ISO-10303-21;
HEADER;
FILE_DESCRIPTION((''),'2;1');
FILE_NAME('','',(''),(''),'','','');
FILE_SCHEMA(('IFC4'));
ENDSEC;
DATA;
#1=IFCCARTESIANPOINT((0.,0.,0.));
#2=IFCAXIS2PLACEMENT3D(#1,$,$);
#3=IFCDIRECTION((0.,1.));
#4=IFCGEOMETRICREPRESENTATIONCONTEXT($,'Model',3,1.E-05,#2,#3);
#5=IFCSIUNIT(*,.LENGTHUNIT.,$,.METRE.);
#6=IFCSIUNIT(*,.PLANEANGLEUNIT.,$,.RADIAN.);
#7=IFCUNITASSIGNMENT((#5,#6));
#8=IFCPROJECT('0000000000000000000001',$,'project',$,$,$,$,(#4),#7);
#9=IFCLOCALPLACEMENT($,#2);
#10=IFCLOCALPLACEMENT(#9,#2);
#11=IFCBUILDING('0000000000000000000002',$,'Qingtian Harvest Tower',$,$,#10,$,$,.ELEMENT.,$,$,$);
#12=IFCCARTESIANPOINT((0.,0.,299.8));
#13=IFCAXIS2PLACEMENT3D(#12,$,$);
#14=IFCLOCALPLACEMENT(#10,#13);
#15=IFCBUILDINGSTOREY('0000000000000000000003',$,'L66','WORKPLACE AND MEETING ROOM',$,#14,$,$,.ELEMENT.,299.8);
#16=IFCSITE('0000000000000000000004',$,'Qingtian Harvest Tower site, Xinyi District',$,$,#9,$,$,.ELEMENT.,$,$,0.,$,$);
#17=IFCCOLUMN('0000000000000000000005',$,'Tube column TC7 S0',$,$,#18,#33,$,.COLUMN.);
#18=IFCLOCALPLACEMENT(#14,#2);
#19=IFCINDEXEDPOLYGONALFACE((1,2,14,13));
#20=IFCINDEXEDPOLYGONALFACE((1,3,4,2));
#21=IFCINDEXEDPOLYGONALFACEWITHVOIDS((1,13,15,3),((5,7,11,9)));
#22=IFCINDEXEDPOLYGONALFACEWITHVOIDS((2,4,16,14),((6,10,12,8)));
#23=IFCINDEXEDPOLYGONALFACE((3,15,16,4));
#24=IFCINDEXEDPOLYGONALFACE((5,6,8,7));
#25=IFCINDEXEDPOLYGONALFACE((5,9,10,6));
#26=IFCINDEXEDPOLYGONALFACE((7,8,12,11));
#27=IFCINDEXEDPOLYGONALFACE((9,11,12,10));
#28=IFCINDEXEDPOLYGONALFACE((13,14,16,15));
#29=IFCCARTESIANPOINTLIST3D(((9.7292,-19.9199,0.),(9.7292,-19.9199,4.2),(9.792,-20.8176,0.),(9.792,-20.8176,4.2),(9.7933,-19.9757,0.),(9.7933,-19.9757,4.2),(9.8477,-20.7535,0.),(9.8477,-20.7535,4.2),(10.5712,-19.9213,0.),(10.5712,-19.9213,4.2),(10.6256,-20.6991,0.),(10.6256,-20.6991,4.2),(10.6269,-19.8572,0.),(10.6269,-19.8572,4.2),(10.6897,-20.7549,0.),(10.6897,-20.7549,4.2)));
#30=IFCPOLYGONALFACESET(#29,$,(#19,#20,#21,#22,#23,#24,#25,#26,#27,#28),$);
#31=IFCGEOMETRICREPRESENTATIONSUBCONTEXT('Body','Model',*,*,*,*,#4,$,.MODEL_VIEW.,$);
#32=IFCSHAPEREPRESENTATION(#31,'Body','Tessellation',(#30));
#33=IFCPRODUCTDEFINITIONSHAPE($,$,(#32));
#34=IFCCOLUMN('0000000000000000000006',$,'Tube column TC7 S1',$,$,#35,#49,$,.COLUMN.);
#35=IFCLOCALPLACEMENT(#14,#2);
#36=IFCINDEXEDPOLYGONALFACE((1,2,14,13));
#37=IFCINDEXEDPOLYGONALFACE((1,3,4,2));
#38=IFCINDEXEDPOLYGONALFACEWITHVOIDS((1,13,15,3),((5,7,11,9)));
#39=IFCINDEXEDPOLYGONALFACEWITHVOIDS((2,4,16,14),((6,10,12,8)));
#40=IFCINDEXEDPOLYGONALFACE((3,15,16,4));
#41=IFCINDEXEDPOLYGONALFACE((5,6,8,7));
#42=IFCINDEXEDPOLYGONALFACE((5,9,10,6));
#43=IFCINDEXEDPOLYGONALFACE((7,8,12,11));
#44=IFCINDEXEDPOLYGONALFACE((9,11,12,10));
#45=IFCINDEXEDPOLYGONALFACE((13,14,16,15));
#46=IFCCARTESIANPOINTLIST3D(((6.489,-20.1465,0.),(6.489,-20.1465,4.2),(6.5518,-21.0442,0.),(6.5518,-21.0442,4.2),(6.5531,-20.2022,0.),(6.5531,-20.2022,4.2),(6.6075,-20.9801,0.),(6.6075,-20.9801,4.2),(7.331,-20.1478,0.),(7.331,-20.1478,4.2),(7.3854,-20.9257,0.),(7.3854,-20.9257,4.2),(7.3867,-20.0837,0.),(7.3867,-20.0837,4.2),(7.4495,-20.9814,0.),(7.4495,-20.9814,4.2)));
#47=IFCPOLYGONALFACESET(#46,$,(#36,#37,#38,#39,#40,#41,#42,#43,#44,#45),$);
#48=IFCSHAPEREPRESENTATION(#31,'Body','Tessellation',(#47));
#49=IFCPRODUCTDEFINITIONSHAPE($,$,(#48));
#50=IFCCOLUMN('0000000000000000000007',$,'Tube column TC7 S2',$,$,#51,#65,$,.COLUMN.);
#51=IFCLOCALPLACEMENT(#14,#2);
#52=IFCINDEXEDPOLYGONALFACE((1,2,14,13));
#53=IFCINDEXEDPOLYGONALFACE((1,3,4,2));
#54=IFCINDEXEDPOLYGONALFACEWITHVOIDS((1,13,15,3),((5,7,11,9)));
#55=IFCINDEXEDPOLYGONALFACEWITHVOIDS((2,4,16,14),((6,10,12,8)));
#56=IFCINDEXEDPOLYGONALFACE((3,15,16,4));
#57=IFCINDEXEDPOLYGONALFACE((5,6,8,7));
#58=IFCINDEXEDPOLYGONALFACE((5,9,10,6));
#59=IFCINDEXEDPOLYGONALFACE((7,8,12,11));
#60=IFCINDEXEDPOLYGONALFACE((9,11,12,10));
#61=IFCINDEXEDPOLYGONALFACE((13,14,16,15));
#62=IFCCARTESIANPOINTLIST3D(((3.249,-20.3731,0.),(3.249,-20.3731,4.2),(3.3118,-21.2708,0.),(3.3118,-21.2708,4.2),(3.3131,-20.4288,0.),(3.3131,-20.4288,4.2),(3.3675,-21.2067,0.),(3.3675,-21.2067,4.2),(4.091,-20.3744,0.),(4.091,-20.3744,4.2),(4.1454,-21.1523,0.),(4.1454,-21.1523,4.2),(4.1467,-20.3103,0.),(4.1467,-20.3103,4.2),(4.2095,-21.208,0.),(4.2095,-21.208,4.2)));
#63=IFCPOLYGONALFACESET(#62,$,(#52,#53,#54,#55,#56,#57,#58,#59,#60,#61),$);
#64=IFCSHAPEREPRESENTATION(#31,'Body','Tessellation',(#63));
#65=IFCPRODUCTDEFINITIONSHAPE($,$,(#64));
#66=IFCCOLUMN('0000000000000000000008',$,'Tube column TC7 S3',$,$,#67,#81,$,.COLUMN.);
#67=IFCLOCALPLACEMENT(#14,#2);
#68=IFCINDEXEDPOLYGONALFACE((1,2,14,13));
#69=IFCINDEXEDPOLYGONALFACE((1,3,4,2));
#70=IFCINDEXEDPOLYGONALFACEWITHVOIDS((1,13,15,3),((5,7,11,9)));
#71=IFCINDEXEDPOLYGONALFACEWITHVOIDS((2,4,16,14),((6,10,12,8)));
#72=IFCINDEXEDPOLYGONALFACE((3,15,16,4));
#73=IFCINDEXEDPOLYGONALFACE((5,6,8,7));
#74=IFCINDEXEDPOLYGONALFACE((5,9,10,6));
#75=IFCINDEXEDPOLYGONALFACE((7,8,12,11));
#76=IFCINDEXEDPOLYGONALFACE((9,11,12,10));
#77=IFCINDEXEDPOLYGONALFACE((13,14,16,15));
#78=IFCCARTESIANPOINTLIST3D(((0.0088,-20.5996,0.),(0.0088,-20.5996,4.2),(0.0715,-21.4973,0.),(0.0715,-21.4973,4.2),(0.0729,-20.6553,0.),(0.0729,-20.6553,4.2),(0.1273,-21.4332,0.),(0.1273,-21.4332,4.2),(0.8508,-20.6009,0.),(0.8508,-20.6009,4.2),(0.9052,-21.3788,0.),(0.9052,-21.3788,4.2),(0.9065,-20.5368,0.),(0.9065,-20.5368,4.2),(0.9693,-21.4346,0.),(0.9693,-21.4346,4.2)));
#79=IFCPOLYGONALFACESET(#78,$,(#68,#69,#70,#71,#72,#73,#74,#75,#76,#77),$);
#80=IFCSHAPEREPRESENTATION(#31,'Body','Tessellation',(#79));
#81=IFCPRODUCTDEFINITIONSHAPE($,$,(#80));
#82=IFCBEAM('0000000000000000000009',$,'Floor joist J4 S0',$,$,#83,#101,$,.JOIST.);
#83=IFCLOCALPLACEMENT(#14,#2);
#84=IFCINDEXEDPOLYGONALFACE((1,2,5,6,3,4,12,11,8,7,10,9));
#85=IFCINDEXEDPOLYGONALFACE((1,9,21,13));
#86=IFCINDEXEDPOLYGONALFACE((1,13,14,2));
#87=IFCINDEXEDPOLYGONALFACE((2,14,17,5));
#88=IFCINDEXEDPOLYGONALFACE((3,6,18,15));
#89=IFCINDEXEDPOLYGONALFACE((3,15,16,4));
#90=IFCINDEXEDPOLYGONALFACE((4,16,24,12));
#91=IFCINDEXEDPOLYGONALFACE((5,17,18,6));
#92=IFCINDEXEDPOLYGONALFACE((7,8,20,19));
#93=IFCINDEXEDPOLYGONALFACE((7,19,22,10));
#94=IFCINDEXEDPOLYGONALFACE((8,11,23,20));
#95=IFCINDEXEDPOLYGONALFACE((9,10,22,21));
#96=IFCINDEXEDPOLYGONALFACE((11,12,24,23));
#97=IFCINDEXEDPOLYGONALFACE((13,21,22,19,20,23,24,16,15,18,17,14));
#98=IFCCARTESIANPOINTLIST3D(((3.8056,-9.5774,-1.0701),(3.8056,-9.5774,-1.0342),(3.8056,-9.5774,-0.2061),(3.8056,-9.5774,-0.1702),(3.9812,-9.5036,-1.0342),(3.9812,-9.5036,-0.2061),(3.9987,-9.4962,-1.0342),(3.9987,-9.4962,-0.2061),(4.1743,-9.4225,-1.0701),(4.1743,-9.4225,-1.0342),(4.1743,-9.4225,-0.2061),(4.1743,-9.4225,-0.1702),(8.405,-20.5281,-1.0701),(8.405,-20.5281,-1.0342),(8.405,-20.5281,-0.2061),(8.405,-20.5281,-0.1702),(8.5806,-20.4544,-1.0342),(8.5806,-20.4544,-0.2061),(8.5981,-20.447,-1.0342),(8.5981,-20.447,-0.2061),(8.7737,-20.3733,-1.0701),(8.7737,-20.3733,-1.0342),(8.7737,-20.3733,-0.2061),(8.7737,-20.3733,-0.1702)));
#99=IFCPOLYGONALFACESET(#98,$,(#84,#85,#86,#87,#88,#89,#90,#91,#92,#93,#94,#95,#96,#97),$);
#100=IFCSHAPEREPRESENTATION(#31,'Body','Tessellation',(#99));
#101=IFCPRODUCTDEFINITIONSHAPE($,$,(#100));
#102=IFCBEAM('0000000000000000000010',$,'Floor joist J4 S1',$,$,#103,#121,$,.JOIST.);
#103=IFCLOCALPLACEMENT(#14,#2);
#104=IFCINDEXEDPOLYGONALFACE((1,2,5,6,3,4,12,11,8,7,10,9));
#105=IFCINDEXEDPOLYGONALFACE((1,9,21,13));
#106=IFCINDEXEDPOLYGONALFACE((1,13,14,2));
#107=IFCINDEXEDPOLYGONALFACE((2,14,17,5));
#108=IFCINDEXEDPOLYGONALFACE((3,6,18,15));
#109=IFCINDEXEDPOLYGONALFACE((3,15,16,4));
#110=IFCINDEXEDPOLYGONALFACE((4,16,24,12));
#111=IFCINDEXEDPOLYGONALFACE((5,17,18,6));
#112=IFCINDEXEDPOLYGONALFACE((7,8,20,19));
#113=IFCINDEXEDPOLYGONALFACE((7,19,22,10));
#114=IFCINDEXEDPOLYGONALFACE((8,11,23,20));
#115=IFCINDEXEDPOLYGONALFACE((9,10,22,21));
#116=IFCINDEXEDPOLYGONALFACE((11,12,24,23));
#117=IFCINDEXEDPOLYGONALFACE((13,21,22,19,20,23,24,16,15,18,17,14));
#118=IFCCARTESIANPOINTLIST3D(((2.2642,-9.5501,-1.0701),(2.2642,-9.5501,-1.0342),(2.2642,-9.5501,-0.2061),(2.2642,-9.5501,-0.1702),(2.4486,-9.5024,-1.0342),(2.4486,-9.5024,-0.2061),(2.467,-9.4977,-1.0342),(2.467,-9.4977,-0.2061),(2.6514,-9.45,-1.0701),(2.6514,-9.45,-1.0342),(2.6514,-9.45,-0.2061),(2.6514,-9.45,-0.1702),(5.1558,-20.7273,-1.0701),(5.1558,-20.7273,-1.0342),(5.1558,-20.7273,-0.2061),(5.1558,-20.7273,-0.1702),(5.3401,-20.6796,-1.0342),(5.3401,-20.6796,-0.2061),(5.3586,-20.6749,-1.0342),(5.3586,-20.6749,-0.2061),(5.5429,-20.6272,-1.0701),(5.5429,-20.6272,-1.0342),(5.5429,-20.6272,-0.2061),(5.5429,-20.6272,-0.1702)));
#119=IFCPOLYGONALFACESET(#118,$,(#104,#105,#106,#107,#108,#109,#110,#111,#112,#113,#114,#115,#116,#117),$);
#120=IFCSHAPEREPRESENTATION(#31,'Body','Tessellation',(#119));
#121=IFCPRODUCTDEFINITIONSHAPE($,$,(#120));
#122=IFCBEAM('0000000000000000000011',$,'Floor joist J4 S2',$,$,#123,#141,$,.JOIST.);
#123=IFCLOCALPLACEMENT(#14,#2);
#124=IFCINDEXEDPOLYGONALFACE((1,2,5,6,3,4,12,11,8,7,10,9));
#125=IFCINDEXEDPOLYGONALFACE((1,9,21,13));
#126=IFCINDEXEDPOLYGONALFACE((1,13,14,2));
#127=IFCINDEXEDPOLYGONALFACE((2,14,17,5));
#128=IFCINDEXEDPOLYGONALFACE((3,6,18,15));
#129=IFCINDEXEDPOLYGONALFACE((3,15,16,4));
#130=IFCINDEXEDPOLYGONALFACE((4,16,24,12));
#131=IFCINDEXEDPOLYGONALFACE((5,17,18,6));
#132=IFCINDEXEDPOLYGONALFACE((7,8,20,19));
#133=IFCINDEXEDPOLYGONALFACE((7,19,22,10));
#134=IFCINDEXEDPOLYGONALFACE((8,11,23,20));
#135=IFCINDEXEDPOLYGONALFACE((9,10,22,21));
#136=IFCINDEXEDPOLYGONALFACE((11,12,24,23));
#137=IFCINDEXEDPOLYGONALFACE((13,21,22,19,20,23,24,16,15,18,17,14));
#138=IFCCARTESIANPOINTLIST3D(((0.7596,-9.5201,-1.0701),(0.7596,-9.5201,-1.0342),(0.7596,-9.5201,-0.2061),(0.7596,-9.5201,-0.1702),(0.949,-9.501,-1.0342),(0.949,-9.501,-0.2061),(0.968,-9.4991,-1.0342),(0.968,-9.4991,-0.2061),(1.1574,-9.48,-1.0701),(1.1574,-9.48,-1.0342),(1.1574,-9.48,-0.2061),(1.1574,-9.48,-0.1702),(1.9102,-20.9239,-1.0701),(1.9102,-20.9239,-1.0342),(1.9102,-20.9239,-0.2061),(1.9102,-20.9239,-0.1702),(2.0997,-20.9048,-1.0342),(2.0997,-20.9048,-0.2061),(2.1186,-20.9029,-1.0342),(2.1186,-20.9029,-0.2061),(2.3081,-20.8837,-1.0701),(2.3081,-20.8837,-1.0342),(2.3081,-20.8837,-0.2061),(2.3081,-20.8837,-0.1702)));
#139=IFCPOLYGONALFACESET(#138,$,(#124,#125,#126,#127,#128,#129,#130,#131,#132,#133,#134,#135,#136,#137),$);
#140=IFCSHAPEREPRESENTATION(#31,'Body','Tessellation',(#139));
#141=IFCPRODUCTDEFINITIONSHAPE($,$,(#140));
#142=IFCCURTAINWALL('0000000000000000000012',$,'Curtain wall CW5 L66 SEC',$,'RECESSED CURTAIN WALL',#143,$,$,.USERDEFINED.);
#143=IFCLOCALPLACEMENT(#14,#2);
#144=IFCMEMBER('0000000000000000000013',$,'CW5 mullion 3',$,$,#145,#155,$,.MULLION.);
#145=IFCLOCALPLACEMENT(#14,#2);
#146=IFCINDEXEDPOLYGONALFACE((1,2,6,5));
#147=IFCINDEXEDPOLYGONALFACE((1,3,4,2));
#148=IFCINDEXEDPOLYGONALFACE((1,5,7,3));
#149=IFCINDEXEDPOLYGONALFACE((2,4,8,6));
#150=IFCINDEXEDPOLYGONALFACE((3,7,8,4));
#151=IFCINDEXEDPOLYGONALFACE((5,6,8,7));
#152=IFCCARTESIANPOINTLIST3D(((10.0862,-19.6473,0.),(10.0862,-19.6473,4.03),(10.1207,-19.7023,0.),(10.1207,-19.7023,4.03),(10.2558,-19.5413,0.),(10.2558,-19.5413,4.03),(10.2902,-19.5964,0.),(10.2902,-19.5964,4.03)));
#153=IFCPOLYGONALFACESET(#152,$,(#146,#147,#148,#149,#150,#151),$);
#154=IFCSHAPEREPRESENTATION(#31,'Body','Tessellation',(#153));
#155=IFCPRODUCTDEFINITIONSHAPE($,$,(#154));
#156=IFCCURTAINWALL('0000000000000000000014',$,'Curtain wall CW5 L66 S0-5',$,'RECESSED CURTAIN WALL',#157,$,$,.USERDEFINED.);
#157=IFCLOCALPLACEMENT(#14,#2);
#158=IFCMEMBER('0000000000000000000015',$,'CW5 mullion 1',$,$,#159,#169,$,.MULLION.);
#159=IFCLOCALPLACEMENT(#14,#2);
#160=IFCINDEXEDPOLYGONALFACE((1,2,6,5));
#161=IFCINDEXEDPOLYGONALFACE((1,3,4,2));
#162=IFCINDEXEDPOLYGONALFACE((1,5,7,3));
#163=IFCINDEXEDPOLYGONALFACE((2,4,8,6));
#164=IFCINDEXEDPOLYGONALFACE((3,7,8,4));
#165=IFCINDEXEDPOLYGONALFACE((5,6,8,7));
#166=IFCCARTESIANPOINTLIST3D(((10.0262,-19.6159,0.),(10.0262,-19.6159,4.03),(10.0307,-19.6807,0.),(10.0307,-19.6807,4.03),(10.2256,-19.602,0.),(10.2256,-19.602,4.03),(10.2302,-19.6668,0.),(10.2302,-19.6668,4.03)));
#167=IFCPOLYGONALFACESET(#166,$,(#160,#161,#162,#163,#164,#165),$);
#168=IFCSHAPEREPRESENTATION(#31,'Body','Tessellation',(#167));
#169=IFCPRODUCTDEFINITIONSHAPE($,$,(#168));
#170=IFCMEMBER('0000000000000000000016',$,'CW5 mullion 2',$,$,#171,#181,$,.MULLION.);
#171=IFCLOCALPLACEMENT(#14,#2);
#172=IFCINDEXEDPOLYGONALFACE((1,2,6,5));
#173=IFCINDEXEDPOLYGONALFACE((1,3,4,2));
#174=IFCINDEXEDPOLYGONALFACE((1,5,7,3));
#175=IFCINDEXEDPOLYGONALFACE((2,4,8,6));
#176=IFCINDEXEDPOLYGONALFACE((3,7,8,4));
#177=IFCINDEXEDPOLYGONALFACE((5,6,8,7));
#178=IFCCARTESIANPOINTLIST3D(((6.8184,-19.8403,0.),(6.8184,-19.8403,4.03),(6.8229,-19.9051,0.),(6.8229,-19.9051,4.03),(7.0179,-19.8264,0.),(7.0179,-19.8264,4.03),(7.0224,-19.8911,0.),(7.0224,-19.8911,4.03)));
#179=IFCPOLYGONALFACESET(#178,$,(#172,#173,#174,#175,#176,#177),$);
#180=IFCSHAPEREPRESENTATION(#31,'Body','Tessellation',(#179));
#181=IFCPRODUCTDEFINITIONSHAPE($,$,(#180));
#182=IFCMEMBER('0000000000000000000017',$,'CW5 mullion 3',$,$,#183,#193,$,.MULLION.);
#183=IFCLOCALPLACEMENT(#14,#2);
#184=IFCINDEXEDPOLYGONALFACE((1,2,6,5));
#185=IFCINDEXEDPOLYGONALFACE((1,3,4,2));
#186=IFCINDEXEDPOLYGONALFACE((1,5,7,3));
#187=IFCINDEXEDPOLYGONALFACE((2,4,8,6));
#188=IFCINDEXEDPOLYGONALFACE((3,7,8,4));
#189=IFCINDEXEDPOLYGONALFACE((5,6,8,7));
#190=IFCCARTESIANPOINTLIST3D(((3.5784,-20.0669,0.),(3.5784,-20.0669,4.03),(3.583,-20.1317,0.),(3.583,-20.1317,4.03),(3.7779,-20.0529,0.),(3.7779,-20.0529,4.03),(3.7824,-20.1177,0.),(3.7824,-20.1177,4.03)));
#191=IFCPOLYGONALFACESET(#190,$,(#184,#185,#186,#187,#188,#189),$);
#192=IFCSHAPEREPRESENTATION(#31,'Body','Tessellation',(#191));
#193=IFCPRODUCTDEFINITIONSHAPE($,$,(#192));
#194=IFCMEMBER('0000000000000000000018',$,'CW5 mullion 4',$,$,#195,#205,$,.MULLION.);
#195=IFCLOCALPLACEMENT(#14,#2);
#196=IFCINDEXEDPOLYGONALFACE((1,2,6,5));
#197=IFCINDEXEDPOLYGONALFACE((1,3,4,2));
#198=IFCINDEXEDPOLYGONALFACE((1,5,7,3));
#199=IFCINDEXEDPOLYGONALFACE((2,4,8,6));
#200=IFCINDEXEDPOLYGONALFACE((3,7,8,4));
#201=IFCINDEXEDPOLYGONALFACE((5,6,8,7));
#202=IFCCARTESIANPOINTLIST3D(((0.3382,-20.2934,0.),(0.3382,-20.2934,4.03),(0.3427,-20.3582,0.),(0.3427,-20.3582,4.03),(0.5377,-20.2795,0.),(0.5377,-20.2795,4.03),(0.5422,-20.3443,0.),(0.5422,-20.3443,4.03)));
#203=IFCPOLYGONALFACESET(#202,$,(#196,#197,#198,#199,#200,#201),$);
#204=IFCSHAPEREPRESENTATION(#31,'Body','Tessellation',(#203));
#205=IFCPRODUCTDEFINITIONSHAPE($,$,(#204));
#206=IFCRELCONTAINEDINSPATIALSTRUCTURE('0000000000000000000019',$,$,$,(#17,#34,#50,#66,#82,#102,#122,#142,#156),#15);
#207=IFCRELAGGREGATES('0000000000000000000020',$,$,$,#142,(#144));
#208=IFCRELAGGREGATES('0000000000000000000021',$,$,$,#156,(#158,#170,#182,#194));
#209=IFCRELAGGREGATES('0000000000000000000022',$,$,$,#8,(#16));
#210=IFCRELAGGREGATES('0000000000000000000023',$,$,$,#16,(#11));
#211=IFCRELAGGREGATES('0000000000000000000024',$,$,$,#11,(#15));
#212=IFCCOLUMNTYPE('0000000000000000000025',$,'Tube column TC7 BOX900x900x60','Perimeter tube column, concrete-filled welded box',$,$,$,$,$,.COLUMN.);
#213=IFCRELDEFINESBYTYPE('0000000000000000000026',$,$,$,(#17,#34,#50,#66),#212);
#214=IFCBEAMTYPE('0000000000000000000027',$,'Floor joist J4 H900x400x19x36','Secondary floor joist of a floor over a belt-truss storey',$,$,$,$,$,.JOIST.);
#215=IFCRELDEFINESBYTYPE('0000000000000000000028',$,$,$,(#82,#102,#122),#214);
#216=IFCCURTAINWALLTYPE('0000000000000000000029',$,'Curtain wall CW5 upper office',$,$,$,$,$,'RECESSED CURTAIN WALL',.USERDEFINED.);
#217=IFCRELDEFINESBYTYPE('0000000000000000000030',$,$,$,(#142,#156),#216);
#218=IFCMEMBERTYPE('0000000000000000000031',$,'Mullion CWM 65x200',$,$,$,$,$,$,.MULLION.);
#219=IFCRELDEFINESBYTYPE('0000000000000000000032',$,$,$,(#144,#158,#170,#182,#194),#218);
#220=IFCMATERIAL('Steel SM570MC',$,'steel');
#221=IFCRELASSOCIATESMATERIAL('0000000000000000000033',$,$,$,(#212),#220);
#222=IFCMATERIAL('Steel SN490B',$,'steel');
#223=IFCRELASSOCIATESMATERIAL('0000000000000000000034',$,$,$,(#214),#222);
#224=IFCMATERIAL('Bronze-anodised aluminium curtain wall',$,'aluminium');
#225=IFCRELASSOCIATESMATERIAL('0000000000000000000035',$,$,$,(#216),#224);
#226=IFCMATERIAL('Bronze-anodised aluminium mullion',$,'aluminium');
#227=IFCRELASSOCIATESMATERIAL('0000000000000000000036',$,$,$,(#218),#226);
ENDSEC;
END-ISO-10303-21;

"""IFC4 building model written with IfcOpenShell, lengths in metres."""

from ifc_helpers import new_model, si_unit, direction, frame, origin, origin_2d, place, context, subcontext, project, spatial, rectangle, hollow_rectangle, i_section, extrude, material, material_profile, profile_set, type_object, element, aggregate, save


model = new_model("IFC4")

# Units and contexts
model_context = context("Model", 3, precision=1e-05, world=origin(), true_north=direction((0.0, 1.0)))
body_context = subcontext(model_context, "Body", "Model", "MODEL_VIEW")
ifc_project = project(units=[si_unit("LENGTHUNIT", "METRE"), si_unit("PLANEANGLEUNIT", "RADIAN")], contexts=[model_context])

# Site, building, storey
site_placement = place(None, origin())
site = spatial("IfcSite", under=ifc_project, at=site_placement, Name="Qingtian Harvest Tower site, Xinyi District", CompositionType="ELEMENT", RefElevation=0.0)
building_placement = place(site_placement, origin())
building = spatial("IfcBuilding", under=site, at=building_placement, Name="Qingtian Harvest Tower", CompositionType="ELEMENT")
storey_placement = place(building_placement, frame((0.0, 0.0, 299.8)))
storey = spatial("IfcBuildingStorey", under=building, at=storey_placement, Name="L66", Description="WORKPLACE AND MEETING ROOM", CompositionType="ELEMENT", Elevation=299.8)

# Columns
ifc_material_1 = material(Name="Steel SM570MC", Category="steel")
ifc_material_profile_1 = material_profile(ifc_material_1, hollow_rectangle(XDim=0.8999, YDim=0.8999, WallThickness=0.0601, at=origin_2d()), Name="BOX900x900x60")
ifc_profile_set_1 = profile_set([ifc_material_profile_1], Name="Steel SM570MC")
column_type = type_object("IfcColumnType", Name="Tube column TC7 BOX900x900x60", Description="Perimeter tube column, concrete-filled welded box", PredefinedType="COLUMN", material=ifc_profile_set_1)
for number, where, z_axis, x_axis, name in (
    (1, (10.2095, -20.3374, 0.0), (0.0, 0.0, 1.0), (0.997564, 0.069756, 0.0), "Tube column TC7 S0"),
    (2, (6.9692, -20.564, 0.0), (0.0, 0.0, 1.0), (0.997564, 0.069756, 0.0), "Tube column TC7 S1"),
    (3, (3.7292, -20.7905, 0.0), (0.0, 0.0, 1.0), (0.997564, 0.069756, 0.0), "Tube column TC7 S2"),
    (4, (0.489, -21.0171, 0.0), (0.0, 0.0, 1.0), (0.997564, 0.069756, 0.0), "Tube column TC7 S3"),
):
    element("IfcColumn", number, at=place(storey_placement, frame(where, z_axis=z_axis, x_axis=x_axis)), inside=storey, type_object=column_type, Name=name, PredefinedType="COLUMN", context=body_context, shape_type="SweptSolid", body=[
        extrude(hollow_rectangle(XDim=0.8999, YDim=0.8999, WallThickness=0.0601, at=origin_2d()), origin(), (0.0, 0.0, 1.0), 4.2),
    ])

# Beams
ifc_material_2 = material(Name="Steel SN490B", Category="steel")
ifc_material_profile_2 = material_profile(ifc_material_2, i_section(OverallWidth=0.3999, OverallDepth=0.8999, WebThickness=0.019, FlangeThickness=0.0359, at=origin_2d()), Name="H900x400x19x36")
ifc_profile_set_2 = profile_set([ifc_material_profile_2], Name="Steel SN490B")
beam_type_1 = type_object("IfcBeamType", Name="Floor joist J4 H900x400x19x36", Description="Secondary floor joist of a floor over a belt-truss storey", PredefinedType="JOIST", material=ifc_profile_set_2)
beam_1_placement = place(storey_placement, frame((8.5894, -20.4507, -0.6201), z_axis=(-0.387238, 0.92198, 0.0), x_axis=(-0.92198, -0.387238, 0.0)))
element("IfcBeam", 5, at=beam_1_placement, inside=storey, type_object=beam_type_1, Name="Floor joist J4 S0", PredefinedType="JOIST", context=body_context, shape_type="SweptSolid", body=[
    extrude(i_section(OverallWidth=0.3999, OverallDepth=0.8999, WebThickness=0.019, FlangeThickness=0.0359, at=origin_2d()), origin(), (0.0, 0.0, 1.0), 11.8774),
])
beam_2_placement = place(storey_placement, frame((5.3494, -20.6772, -0.6201), z_axis=(-0.250459, 0.968127, 0.0), x_axis=(-0.968127, -0.250459, 0.0)))
element("IfcBeam", 6, at=beam_2_placement, inside=storey, type_object=beam_type_1, Name="Floor joist J4 S1", PredefinedType="JOIST", context=body_context, shape_type="SweptSolid", body=[
    extrude(i_section(OverallWidth=0.3999, OverallDepth=0.8999, WebThickness=0.019, FlangeThickness=0.0359, at=origin_2d()), origin(), (0.0, 0.0, 1.0), 11.5452),
])
beam_3_placement = place(storey_placement, frame((2.1091, -20.9038, -0.6201), z_axis=(-0.100389, 0.994948, 0.0), x_axis=(-0.994948, -0.100389, 0.0)))
element("IfcBeam", 7, at=beam_3_placement, inside=storey, type_object=beam_type_1, Name="Floor joist J4 S2", PredefinedType="JOIST", context=body_context, shape_type="SweptSolid", body=[
    extrude(i_section(OverallWidth=0.3999, OverallDepth=0.8999, WebThickness=0.019, FlangeThickness=0.0359, at=origin_2d()), origin(), (0.0, 0.0, 1.0), 11.4617),
])

# Curtain wall, member
ifc_material_3 = material(Name="Bronze-anodised aluminium curtain wall", Category="aluminium")
curtain_wall_type = type_object("IfcCurtainWallType", Name="Curtain wall CW5 upper office", ElementType="RECESSED CURTAIN WALL", PredefinedType="USERDEFINED", material=ifc_material_3)
curtain_wall_1_placement = place(storey_placement, origin())
curtain_wall_1 = element("IfcCurtainWall", 8, at=curtain_wall_1_placement, inside=storey, type_object=curtain_wall_type, Name="Curtain wall CW5 L66 SEC", ObjectType="RECESSED CURTAIN WALL", PredefinedType="USERDEFINED")
ifc_material_4 = material(Name="Bronze-anodised aluminium mullion", Category="aluminium")
ifc_material_profile_3 = material_profile(ifc_material_4, rectangle(XDim=0.0649, YDim=0.2, at=origin_2d()), Name="AL 65x200")
ifc_profile_set_3 = profile_set([ifc_material_profile_3], Name="Bronze-anodised aluminium mullion")
member_type_1 = type_object("IfcMemberType", Name="Mullion CWM 65x200", PredefinedType="MULLION", material=ifc_profile_set_3)
member_1_placement = place(storey_placement, frame((10.1882, -19.6218, 0.0), z_axis=(0.0, 0.0, 1.0), x_axis=(0.529919, -0.848048, 0.0)))
member_1 = element("IfcMember", 9, at=member_1_placement, type_object=member_type_1, Name="CW5 mullion 3", PredefinedType="MULLION", context=body_context, shape_type="SweptSolid", body=[
    extrude(rectangle(XDim=0.0649, YDim=0.2, at=origin_2d()), origin(), (0.0, 0.0, 1.0), 4.03),
])

# Curtain wall, members
curtain_wall_2_placement = place(storey_placement, origin())
curtain_wall_2 = element("IfcCurtainWall", 10, at=curtain_wall_2_placement, inside=storey, type_object=curtain_wall_type, Name="Curtain wall CW5 L66 S0-5", ObjectType="RECESSED CURTAIN WALL", PredefinedType="USERDEFINED")
member_2_placement = place(storey_placement, frame((10.1282, -19.6414, 0.0), z_axis=(0.0, 0.0, 1.0), x_axis=(0.069756, -0.997564, 0.0)))
member_2 = element("IfcMember", 11, at=member_2_placement, type_object=member_type_1, Name="CW5 mullion 1", PredefinedType="MULLION", context=body_context, shape_type="SweptSolid", body=[
    extrude(rectangle(XDim=0.0649, YDim=0.2, at=origin_2d()), origin(), (0.0, 0.0, 1.0), 4.03),
])
member_3_placement = place(storey_placement, frame((6.9204, -19.8657, 0.0), z_axis=(0.0, 0.0, 1.0), x_axis=(0.069756, -0.997564, 0.0)))
member_3 = element("IfcMember", 12, at=member_3_placement, type_object=member_type_1, Name="CW5 mullion 2", PredefinedType="MULLION", context=body_context, shape_type="SweptSolid", body=[
    extrude(rectangle(XDim=0.0649, YDim=0.2, at=origin_2d()), origin(), (0.0, 0.0, 1.0), 4.03),
])
member_4_placement = place(storey_placement, frame((3.6804, -20.0923, 0.0), z_axis=(0.0, 0.0, 1.0), x_axis=(0.069756, -0.997564, 0.0)))
member_4 = element("IfcMember", 13, at=member_4_placement, type_object=member_type_1, Name="CW5 mullion 3", PredefinedType="MULLION", context=body_context, shape_type="SweptSolid", body=[
    extrude(rectangle(XDim=0.0649, YDim=0.2, at=origin_2d()), origin(), (0.0, 0.0, 1.0), 4.03),
])
member_5_placement = place(storey_placement, frame((0.4402, -20.3188, 0.0), z_axis=(0.0, 0.0, 1.0), x_axis=(0.069756, -0.997564, 0.0)))
member_5 = element("IfcMember", 14, at=member_5_placement, type_object=member_type_1, Name="CW5 mullion 4", PredefinedType="MULLION", context=body_context, shape_type="SweptSolid", body=[
    extrude(rectangle(XDim=0.0649, YDim=0.2, at=origin_2d()), origin(), (0.0, 0.0, 1.0), 4.03),
])

aggregate(curtain_wall_1, [member_1])
aggregate(curtain_wall_2, [member_2, member_3, member_4, member_5])

save(model, "model.ifc")
